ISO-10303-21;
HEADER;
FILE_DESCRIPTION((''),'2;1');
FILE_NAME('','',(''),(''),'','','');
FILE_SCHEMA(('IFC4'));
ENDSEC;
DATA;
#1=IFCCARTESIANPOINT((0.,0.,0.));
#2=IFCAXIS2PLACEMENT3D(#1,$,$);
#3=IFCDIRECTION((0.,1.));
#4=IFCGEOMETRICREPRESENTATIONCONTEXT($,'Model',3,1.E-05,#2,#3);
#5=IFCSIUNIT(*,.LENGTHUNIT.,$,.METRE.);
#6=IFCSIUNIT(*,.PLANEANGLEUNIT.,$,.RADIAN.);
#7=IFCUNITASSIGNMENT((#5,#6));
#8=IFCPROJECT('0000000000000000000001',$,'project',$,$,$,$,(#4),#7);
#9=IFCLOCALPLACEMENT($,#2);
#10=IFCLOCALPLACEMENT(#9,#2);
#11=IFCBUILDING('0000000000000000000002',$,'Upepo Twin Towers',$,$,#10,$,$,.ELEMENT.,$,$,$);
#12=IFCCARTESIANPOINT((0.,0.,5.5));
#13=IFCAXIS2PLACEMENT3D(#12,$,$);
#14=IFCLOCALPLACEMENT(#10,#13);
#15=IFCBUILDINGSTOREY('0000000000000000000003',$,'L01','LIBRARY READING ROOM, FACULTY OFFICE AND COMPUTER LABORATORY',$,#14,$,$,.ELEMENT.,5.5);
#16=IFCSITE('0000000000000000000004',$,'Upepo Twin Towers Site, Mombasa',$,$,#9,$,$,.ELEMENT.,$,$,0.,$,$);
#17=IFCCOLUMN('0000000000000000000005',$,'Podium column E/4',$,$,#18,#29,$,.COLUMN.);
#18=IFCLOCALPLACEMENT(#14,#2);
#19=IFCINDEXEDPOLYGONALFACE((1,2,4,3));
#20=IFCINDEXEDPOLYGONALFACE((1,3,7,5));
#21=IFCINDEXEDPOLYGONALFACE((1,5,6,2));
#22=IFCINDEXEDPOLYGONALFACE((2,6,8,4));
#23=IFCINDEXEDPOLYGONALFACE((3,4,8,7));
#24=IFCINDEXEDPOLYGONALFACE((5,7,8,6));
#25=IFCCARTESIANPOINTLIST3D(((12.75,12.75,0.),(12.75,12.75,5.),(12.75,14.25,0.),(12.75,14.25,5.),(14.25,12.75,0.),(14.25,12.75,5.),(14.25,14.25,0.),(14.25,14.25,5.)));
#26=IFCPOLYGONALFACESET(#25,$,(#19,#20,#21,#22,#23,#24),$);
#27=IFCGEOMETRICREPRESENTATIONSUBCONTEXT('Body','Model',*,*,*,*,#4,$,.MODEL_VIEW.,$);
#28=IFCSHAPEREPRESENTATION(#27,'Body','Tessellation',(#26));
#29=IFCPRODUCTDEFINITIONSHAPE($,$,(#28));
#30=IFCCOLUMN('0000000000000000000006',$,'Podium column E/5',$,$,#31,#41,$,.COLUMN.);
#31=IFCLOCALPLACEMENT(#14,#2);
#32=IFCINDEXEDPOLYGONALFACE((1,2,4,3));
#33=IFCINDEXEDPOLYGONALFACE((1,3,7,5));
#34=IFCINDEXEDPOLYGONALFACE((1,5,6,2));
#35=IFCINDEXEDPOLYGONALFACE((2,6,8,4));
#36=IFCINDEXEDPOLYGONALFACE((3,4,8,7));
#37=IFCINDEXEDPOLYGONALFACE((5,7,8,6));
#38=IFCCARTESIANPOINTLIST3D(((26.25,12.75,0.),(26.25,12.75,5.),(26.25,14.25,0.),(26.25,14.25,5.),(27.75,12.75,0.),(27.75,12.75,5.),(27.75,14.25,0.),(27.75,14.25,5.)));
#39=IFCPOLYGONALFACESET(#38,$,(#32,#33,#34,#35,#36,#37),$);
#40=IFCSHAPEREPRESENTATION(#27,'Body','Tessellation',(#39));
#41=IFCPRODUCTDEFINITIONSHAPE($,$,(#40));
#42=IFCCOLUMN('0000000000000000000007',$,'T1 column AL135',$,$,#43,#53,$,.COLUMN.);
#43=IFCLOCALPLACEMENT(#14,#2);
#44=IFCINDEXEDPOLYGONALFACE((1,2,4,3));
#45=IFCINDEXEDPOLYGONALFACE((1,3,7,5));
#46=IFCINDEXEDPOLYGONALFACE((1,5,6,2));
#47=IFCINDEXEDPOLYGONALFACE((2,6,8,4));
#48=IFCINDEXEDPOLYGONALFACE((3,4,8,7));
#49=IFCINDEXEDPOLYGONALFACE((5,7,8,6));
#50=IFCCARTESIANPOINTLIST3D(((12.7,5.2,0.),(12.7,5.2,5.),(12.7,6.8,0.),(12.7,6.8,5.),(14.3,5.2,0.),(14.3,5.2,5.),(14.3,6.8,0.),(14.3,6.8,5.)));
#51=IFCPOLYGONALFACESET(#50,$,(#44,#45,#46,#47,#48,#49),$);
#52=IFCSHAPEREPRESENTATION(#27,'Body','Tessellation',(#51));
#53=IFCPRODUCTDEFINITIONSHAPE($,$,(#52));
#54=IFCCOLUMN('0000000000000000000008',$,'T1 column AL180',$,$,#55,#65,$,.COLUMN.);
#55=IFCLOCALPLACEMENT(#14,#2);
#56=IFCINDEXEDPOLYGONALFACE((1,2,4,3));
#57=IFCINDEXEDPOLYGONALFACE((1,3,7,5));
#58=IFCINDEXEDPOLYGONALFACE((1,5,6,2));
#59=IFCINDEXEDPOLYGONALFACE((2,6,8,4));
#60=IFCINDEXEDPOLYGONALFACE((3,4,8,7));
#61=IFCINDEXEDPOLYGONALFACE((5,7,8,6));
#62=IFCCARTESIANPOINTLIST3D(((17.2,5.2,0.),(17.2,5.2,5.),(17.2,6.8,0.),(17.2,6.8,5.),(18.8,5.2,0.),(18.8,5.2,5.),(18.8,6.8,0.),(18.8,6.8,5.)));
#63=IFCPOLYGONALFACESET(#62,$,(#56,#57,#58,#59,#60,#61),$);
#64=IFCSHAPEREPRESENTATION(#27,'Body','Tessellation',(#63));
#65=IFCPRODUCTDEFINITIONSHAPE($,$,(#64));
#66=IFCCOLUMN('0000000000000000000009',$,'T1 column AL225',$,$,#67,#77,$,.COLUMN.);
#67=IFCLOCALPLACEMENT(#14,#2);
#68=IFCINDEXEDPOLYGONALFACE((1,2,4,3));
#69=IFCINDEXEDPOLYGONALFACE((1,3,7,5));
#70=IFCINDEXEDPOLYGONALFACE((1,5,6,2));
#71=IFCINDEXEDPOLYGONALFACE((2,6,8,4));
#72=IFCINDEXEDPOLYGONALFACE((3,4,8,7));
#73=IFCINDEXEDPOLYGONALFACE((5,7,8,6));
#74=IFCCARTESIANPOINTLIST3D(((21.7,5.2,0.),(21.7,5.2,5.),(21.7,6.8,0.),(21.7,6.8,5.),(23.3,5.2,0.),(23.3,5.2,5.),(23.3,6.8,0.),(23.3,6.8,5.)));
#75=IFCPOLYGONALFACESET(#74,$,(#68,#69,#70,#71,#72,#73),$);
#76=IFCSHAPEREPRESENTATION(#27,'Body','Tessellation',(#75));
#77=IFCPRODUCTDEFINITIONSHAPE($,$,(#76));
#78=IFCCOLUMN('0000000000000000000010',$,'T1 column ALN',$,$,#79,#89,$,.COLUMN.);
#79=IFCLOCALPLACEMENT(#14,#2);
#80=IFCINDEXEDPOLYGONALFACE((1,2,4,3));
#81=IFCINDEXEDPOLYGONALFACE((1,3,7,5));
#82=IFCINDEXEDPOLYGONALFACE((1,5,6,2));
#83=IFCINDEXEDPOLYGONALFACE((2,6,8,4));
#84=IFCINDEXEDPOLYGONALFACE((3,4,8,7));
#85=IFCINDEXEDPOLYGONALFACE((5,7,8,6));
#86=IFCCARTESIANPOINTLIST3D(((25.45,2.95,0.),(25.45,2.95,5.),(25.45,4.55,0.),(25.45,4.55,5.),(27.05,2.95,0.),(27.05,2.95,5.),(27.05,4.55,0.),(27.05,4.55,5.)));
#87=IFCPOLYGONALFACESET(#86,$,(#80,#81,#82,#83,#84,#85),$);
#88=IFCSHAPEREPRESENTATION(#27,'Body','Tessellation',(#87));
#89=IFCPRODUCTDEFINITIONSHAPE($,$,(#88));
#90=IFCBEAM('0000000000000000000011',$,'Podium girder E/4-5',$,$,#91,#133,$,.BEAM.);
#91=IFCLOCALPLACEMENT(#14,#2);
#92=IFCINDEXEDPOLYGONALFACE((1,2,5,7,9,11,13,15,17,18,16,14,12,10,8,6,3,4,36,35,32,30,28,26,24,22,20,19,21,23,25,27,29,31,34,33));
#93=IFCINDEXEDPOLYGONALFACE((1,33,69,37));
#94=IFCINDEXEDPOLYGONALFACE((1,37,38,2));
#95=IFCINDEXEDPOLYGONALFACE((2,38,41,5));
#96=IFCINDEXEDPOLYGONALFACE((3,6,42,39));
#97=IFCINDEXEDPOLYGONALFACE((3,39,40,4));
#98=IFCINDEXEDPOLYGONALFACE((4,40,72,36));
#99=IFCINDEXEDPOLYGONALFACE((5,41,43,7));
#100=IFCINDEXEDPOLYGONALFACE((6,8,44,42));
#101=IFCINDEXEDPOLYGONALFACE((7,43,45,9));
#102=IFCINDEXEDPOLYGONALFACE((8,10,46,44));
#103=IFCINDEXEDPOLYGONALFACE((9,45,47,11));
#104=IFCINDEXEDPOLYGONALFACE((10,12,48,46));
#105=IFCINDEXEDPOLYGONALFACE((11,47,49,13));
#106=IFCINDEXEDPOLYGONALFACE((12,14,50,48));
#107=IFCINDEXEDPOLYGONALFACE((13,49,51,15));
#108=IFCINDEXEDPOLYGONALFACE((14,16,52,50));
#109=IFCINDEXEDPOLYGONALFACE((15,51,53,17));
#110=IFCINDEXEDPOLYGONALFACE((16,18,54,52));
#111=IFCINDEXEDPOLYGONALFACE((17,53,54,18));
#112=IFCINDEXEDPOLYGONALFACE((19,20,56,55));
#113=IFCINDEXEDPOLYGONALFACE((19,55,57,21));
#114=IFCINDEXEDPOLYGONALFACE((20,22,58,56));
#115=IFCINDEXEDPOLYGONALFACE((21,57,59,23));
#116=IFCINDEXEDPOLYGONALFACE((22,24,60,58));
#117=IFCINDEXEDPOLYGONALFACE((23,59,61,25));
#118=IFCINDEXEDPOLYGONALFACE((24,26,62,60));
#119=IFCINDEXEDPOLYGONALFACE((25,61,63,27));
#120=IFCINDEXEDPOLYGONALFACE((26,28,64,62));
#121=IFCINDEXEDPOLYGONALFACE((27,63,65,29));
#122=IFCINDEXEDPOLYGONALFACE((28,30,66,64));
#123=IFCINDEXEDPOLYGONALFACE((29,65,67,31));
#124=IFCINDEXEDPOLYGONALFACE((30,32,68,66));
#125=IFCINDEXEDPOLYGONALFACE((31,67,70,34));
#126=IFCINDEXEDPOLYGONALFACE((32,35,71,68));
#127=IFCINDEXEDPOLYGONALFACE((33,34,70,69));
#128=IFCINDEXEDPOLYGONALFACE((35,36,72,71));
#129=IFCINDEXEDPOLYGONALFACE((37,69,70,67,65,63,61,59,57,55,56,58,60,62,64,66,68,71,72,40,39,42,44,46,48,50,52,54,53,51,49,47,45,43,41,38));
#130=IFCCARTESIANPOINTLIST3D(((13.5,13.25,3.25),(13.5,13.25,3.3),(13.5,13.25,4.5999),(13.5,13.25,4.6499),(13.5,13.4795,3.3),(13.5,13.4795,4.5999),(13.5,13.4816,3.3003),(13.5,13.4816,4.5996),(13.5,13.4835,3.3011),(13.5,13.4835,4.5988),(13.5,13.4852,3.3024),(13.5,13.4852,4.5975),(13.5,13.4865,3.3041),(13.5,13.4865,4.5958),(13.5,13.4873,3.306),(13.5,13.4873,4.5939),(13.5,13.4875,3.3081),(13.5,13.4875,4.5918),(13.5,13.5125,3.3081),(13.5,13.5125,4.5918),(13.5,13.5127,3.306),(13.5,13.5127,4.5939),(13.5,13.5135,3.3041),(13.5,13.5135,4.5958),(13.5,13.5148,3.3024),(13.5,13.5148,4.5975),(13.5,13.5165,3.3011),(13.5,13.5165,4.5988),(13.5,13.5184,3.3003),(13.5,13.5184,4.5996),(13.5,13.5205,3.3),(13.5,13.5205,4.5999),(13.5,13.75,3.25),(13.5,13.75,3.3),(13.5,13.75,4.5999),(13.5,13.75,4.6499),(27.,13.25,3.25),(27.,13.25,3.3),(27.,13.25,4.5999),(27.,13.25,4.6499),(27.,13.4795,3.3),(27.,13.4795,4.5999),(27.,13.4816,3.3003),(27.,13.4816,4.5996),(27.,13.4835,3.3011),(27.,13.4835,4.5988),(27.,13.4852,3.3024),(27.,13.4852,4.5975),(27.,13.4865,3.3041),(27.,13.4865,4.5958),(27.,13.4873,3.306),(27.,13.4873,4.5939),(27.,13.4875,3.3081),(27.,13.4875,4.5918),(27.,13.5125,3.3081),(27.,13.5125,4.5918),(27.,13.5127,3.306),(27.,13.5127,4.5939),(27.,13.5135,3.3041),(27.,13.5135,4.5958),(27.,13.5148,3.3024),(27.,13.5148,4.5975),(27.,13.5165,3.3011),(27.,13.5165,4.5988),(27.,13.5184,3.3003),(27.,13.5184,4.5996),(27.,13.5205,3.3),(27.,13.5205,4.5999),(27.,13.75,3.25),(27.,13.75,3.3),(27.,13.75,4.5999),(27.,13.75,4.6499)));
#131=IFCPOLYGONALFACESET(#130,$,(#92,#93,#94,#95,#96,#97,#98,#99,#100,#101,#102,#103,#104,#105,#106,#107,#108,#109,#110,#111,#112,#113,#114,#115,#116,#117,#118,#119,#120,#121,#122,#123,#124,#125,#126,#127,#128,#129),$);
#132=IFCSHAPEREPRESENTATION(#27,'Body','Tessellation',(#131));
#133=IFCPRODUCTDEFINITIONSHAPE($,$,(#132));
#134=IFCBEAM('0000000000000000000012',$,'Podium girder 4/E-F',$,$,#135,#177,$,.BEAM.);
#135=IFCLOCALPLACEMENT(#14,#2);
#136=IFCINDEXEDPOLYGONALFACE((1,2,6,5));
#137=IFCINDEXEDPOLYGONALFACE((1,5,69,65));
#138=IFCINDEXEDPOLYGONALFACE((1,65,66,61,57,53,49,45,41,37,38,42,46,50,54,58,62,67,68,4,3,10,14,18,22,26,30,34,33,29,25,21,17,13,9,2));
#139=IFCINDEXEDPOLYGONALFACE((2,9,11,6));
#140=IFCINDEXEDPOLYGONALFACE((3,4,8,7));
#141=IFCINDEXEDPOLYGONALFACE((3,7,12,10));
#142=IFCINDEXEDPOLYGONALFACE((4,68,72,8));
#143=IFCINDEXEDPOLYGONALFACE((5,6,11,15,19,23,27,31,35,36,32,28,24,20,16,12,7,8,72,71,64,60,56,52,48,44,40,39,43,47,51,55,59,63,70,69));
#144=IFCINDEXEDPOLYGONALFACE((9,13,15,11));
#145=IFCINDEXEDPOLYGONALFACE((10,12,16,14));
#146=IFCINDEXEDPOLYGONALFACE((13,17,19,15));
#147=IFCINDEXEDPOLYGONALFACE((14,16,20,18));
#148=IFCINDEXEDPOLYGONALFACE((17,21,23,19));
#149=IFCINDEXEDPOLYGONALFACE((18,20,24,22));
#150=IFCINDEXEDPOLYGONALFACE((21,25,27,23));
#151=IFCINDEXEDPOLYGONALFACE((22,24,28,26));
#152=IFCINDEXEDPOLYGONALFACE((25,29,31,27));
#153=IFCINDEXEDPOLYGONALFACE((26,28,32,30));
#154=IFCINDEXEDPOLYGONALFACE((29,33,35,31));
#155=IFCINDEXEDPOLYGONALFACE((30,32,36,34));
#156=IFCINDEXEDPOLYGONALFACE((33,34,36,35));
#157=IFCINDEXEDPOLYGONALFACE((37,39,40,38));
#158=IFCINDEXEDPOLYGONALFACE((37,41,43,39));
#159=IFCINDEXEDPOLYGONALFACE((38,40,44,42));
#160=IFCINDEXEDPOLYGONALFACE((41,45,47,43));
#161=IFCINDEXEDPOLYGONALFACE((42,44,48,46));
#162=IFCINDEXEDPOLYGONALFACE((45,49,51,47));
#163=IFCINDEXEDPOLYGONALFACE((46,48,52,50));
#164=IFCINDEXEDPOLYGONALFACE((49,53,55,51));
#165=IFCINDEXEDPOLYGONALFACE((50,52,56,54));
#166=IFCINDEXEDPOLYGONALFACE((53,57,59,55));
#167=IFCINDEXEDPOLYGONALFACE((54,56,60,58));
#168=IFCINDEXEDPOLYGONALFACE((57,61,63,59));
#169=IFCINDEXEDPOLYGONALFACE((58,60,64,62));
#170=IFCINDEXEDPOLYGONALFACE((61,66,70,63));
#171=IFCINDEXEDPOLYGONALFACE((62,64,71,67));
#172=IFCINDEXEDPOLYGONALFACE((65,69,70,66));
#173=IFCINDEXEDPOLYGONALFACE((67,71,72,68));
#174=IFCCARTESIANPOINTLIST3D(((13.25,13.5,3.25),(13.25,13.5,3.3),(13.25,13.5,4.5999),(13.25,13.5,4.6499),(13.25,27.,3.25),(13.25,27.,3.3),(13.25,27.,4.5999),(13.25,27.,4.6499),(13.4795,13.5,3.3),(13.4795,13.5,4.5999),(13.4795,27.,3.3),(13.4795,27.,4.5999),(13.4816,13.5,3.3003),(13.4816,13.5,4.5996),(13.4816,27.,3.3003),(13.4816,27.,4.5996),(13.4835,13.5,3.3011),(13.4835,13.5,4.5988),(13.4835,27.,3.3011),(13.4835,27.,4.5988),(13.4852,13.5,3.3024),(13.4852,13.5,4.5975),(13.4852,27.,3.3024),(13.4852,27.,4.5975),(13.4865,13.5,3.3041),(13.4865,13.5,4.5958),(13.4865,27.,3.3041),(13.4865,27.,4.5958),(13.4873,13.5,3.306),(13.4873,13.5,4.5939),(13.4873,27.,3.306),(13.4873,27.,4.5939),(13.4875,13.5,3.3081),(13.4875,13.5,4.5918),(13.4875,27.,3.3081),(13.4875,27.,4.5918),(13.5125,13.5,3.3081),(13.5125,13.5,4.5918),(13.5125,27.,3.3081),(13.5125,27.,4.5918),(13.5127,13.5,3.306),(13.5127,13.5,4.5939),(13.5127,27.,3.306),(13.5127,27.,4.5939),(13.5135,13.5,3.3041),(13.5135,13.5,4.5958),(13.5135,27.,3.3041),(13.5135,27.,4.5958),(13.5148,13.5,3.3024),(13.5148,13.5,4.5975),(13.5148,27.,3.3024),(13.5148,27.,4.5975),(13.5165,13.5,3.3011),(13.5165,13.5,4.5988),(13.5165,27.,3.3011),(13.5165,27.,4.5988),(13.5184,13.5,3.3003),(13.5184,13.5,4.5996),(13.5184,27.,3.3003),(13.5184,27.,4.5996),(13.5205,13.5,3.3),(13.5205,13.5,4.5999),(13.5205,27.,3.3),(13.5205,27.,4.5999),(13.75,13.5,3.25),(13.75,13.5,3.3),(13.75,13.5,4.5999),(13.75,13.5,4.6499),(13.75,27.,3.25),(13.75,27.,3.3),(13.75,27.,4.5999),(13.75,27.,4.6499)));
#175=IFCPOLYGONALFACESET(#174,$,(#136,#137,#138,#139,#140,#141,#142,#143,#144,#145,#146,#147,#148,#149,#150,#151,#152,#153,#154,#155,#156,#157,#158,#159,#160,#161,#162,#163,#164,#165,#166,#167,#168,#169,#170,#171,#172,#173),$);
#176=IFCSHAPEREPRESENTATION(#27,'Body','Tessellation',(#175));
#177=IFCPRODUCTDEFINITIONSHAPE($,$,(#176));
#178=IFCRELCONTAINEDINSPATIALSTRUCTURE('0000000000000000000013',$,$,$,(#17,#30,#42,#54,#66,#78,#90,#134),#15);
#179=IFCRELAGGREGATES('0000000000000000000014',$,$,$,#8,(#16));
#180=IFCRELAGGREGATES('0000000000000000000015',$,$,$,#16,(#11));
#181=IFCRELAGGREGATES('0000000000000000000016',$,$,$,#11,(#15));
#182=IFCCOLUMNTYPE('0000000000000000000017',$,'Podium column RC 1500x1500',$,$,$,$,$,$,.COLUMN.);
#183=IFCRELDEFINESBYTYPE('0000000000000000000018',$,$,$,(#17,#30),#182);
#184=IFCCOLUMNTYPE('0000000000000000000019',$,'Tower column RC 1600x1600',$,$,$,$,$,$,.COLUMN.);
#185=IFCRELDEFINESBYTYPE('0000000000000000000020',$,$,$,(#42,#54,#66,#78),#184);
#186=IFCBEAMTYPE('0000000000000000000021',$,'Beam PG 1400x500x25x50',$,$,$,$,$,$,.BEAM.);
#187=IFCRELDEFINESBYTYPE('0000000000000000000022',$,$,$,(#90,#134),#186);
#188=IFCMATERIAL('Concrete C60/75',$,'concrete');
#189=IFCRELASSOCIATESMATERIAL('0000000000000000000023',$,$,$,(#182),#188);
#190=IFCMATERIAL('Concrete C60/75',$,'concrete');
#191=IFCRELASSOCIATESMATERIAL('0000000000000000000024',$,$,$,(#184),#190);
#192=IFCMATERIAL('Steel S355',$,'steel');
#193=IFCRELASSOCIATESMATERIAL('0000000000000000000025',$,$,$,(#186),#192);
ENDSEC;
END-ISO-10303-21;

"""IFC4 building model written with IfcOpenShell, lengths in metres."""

from ifc_helpers import new_model, si_unit, direction, frame, origin, origin_2d, place, context, subcontext, project, spatial, rectangle, i_section, extrude, material, material_profile, profile_set, type_object, element, save


model = new_model("IFC4")

# Units and contexts
model_context = context("Model", 3, precision=1e-05, world=origin(), true_north=direction((0.0, 1.0)))
body_context = subcontext(model_context, "Body", "Model", "MODEL_VIEW")
ifc_project = project(units=[si_unit("LENGTHUNIT", "METRE"), si_unit("PLANEANGLEUNIT", "RADIAN")], contexts=[model_context])

# Site, building, storey
site_placement = place(None, origin())
site = spatial("IfcSite", under=ifc_project, at=site_placement, Name="Upepo Twin Towers Site, Mombasa", CompositionType="ELEMENT", RefElevation=0.0)
building_placement = place(site_placement, origin())
building = spatial("IfcBuilding", under=site, at=building_placement, Name="Upepo Twin Towers", CompositionType="ELEMENT")
storey_placement = place(building_placement, frame((0.0, 0.0, 5.5)))
storey = spatial("IfcBuildingStorey", under=building, at=storey_placement, Name="L01", Description="LIBRARY READING ROOM, FACULTY OFFICE AND COMPUTER LABORATORY", CompositionType="ELEMENT", Elevation=5.5)

# Columns
ifc_material_1 = material(Name="Concrete C60/75", Category="concrete")
ifc_material_profile_1 = material_profile(ifc_material_1, rectangle(XDim=1.5, YDim=1.5, at=origin_2d()), Name="RC 1500x1500")
ifc_profile_set_1 = profile_set([ifc_material_profile_1], Name="Concrete C60/75")
column_type_1 = type_object("IfcColumnType", Name="Podium column RC 1500x1500", PredefinedType="COLUMN", material=ifc_profile_set_1)
for number, where, z_axis, x_axis, name in (
    (1, (13.5, 13.5, 0.0), (0.0, 0.0, 1.0), (1.0, 0.0, 0.0), "Podium column E/4"),
    (2, (27.0, 13.5, 0.0), (0.0, 0.0, 1.0), (1.0, 0.0, 0.0), "Podium column E/5"),
):
    element("IfcColumn", number, at=place(storey_placement, frame(where, z_axis=z_axis, x_axis=x_axis)), inside=storey, type_object=column_type_1, Name=name, PredefinedType="COLUMN", context=body_context, shape_type="SweptSolid", body=[
        extrude(rectangle(XDim=1.5, YDim=1.5, at=origin_2d()), origin(), (0.0, 0.0, 1.0), 5.0),
    ])
ifc_material_2 = material(Name="Concrete C60/75", Category="concrete")
ifc_material_profile_2 = material_profile(ifc_material_2, rectangle(XDim=1.6001, YDim=1.6001, at=origin_2d()), Name="RC 1600x1600")
ifc_profile_set_2 = profile_set([ifc_material_profile_2], Name="Concrete C60/75")
column_type_2 = type_object("IfcColumnType", Name="Tower column RC 1600x1600", PredefinedType="COLUMN", material=ifc_profile_set_2)
for number, where, z_axis, x_axis, name in (
    (3, (13.5, 6.0, 0.0), (0.0, 0.0, 1.0), (1.0, 0.0, 0.0), "T1 column AL135"),
    (4, (18.0, 6.0, 0.0), (0.0, 0.0, 1.0), (1.0, 0.0, 0.0), "T1 column AL180"),
    (5, (22.5, 6.0, 0.0), (0.0, 0.0, 1.0), (1.0, 0.0, 0.0), "T1 column AL225"),
    (6, (26.25, 3.75, 0.0), (0.0, 0.0, 1.0), (1.0, 0.0, 0.0), "T1 column ALN"),
):
    element("IfcColumn", number, at=place(storey_placement, frame(where, z_axis=z_axis, x_axis=x_axis)), inside=storey, type_object=column_type_2, Name=name, PredefinedType="COLUMN", context=body_context, shape_type="SweptSolid", body=[
        extrude(rectangle(XDim=1.6001, YDim=1.6001, at=origin_2d()), origin(), (0.0, 0.0, 1.0), 5.0),
    ])

# Beams
ifc_material_3 = material(Name="Steel S355", Category="steel")
ifc_material_profile_3 = material_profile(ifc_material_3, i_section(OverallWidth=0.5, OverallDepth=1.3999, WebThickness=0.0249, FlangeThickness=0.05, FilletRadius=0.0081, at=origin_2d()), Name="PG 1400x500x25x50")
ifc_profile_set_3 = profile_set([ifc_material_profile_3], Name="Steel S355")
beam_type_1 = type_object("IfcBeamType", Name="Beam PG 1400x500x25x50", PredefinedType="BEAM", material=ifc_profile_set_3)
for number, where, z_axis, x_axis, name in (
    (7, (13.5, 13.5, 3.95), (1.0, 0.0, 0.0), (0.0, 1.0, 0.0), "Podium girder E/4-5"),
    (8, (13.5, 13.5, 3.95), (0.0, 1.0, 0.0), (-1.0, 0.0, 0.0), "Podium girder 4/E-F"),
):
    element("IfcBeam", number, at=place(storey_placement, frame(where, z_axis=z_axis, x_axis=x_axis)), inside=storey, type_object=beam_type_1, Name=name, PredefinedType="BEAM", context=body_context, shape_type="SweptSolid", body=[
        extrude(i_section(OverallWidth=0.5, OverallDepth=1.3999, WebThickness=0.0249, FlangeThickness=0.05, FilletRadius=0.0081, at=origin_2d()), origin(), (0.0, 0.0, 1.0), 13.5),
    ])

save(model, "model.ifc")
